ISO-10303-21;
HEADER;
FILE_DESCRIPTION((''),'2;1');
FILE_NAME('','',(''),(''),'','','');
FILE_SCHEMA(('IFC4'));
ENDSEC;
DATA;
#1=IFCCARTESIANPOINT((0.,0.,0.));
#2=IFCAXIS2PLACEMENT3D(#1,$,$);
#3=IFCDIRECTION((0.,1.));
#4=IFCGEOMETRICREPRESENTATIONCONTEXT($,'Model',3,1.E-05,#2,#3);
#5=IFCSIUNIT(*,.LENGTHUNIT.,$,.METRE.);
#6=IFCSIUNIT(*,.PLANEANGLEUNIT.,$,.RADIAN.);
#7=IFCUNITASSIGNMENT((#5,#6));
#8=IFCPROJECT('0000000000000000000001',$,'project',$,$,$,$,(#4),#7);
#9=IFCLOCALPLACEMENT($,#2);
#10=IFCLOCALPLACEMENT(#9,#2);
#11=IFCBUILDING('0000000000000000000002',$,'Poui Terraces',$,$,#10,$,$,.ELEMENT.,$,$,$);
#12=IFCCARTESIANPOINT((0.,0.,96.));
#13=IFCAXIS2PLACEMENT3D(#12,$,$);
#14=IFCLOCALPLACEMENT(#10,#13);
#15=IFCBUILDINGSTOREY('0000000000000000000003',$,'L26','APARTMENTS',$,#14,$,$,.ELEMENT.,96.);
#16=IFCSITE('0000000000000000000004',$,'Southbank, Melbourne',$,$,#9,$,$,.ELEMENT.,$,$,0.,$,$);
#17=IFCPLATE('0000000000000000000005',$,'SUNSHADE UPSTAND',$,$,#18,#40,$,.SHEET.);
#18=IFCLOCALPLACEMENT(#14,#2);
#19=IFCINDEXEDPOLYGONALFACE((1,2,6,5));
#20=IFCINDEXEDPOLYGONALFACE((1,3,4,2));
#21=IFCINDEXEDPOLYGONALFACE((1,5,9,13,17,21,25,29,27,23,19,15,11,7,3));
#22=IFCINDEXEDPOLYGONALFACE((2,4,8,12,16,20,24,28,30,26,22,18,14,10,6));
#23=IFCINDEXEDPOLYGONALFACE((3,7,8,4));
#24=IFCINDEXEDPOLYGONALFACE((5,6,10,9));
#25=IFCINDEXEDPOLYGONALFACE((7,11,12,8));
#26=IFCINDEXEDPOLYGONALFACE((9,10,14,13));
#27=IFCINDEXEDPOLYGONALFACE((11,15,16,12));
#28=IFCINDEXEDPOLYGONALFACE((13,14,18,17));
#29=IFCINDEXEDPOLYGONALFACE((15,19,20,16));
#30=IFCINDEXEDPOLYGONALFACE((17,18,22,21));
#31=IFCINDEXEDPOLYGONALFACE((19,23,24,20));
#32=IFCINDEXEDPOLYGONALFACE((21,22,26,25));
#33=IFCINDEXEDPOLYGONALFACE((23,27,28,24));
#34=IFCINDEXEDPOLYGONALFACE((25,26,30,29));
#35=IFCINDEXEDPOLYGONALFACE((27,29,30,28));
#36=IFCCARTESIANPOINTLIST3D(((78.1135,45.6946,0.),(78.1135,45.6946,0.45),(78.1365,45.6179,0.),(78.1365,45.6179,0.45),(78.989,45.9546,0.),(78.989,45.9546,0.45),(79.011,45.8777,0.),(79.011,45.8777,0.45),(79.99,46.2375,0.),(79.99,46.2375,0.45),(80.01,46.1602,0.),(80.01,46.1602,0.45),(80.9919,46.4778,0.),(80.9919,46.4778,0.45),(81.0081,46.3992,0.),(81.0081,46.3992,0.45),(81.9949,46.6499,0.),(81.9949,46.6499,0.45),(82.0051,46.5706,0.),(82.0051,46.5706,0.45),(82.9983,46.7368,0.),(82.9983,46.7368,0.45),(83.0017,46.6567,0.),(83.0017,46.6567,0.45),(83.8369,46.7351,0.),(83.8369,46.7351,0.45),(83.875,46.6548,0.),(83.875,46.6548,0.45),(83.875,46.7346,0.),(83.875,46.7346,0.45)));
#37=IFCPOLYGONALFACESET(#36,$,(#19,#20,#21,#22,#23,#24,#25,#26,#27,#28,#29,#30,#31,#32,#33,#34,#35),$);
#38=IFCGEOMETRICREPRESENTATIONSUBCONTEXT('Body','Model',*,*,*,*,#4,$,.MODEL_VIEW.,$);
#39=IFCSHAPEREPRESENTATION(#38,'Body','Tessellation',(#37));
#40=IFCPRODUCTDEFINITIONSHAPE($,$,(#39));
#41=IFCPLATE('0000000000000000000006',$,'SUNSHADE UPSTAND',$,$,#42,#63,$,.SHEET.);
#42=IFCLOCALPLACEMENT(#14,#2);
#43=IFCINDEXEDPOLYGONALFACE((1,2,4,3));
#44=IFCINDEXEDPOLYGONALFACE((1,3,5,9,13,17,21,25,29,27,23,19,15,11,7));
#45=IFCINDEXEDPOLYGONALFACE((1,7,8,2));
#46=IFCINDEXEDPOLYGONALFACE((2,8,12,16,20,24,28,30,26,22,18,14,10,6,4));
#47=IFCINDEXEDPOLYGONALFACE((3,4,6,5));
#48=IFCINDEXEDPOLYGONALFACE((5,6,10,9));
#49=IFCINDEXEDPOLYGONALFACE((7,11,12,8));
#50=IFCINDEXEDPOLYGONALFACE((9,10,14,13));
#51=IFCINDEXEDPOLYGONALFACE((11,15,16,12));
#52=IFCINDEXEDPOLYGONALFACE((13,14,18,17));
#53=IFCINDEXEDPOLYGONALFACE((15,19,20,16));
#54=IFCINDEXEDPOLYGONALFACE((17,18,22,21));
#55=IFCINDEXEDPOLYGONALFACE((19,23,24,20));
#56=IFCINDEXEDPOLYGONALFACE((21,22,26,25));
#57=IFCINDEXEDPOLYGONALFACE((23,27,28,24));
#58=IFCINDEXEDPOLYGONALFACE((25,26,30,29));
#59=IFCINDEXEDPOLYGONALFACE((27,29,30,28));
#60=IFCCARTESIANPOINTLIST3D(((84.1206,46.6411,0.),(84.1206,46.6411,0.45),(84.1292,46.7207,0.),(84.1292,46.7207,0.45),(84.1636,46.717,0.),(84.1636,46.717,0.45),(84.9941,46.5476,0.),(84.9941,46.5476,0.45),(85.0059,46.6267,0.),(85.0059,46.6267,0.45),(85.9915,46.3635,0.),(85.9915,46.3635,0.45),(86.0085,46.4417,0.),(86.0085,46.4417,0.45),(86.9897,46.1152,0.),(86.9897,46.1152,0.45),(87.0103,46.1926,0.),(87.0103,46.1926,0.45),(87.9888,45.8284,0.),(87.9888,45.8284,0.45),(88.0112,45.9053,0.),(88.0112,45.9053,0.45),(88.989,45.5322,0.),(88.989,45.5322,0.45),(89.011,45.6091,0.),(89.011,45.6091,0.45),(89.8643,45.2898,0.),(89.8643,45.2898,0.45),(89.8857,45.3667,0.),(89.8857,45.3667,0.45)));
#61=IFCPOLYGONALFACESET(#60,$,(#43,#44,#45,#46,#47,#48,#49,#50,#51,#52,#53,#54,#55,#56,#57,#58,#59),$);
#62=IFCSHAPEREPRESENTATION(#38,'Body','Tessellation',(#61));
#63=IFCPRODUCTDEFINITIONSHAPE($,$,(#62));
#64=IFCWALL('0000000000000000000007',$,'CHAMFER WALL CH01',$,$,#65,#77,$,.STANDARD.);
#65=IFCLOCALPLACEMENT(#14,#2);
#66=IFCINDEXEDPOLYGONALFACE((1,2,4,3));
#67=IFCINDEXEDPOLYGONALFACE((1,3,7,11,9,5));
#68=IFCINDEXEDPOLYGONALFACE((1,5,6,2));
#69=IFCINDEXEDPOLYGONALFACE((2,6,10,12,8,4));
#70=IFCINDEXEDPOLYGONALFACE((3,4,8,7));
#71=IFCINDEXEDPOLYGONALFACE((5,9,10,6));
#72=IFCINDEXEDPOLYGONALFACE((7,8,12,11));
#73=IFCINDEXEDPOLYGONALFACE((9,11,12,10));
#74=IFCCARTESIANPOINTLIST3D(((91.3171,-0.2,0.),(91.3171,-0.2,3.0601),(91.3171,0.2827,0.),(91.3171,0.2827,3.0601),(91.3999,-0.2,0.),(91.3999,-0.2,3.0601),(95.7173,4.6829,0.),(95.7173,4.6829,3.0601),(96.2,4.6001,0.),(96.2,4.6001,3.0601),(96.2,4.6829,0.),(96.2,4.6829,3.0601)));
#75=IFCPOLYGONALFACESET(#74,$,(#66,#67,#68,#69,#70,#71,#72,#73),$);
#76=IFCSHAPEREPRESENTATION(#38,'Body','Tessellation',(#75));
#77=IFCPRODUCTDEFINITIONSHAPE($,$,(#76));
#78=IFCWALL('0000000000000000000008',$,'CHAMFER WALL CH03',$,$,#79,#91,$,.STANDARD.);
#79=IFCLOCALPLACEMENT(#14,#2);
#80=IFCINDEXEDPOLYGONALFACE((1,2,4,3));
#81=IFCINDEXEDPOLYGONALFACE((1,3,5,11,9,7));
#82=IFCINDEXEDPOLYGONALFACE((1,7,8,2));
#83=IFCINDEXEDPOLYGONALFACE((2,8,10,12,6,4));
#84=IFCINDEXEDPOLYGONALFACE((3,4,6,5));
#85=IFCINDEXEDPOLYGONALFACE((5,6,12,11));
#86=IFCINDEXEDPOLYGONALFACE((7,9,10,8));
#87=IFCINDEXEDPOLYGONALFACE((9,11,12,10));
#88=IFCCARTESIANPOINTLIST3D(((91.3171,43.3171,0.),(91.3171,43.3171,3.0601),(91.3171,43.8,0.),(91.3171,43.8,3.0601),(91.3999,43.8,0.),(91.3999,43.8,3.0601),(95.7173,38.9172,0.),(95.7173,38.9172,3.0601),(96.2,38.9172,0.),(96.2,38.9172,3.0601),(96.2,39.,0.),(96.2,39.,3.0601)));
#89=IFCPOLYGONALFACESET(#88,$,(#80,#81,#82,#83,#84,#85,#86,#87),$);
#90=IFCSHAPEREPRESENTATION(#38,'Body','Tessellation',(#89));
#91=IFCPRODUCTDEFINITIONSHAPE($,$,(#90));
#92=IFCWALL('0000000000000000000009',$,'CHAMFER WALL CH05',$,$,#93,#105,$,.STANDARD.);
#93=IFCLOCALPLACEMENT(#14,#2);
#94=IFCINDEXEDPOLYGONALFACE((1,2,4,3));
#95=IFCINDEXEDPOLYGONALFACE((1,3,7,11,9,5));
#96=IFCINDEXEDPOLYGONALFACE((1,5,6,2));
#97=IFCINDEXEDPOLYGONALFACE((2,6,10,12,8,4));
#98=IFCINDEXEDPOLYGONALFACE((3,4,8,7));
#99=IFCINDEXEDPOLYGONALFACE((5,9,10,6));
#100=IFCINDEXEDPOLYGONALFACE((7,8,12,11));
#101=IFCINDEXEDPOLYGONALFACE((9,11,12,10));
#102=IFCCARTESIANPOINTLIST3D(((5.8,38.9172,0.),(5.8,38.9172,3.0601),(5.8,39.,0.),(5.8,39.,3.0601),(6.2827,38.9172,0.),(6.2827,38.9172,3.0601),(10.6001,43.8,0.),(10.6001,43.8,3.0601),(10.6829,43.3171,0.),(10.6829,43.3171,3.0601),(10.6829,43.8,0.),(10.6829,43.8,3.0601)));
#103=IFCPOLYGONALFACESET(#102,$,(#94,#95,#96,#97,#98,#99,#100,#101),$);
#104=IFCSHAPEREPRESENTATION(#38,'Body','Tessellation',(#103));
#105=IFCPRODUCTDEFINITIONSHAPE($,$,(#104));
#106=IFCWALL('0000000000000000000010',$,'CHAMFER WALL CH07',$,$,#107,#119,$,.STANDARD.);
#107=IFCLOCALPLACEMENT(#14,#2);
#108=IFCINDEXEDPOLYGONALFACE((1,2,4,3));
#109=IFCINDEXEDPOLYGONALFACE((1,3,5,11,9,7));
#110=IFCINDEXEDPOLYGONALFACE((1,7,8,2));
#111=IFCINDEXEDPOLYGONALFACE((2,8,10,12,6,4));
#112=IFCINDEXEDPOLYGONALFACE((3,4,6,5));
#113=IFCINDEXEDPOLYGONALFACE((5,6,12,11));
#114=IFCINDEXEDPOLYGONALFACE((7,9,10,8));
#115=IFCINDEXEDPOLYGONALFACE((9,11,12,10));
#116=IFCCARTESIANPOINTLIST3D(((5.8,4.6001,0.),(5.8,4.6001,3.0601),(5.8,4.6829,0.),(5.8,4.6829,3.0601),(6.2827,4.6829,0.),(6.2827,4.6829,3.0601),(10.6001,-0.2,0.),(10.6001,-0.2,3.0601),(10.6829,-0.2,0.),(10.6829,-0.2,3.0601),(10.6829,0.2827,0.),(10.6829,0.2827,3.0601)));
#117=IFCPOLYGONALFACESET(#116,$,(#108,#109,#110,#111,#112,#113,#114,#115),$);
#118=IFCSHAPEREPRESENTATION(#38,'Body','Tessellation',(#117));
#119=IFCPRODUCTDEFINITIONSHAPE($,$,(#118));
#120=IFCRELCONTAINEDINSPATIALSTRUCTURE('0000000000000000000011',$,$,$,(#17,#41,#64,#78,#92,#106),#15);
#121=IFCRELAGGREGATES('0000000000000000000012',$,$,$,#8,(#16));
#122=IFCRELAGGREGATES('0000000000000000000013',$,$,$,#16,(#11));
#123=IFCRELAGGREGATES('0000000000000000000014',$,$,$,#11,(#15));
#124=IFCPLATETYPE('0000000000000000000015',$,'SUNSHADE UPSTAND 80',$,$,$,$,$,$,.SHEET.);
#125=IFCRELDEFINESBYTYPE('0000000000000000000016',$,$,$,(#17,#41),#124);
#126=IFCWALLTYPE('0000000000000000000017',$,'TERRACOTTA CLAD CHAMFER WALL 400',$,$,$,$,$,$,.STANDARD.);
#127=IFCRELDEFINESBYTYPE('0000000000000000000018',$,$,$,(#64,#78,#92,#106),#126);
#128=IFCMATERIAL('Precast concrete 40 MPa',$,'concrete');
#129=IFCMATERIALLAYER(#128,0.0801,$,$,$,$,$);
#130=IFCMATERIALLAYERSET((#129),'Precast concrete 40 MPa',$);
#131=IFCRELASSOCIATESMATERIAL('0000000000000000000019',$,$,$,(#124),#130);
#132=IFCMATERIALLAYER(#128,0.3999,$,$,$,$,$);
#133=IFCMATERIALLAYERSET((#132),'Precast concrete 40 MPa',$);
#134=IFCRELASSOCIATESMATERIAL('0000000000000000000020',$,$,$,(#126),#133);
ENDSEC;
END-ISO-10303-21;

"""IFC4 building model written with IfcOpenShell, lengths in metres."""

from ifc_helpers import new_model, si_unit, direction, frame, origin, place, context, subcontext, project, spatial, polyline, outline, extrude, material, layer, layer_set, type_object, element, save


model = new_model("IFC4")

# Units and contexts
model_context = context("Model", 3, precision=1e-05, world=origin(), true_north=direction((0.0, 1.0)))
body_context = subcontext(model_context, "Body", "Model", "MODEL_VIEW")
ifc_project = project(units=[si_unit("LENGTHUNIT", "METRE"), si_unit("PLANEANGLEUNIT", "RADIAN")], contexts=[model_context])

# Site, building, storey
site_placement = place(None, origin())
site = spatial("IfcSite", under=ifc_project, at=site_placement, Name="Southbank, Melbourne", CompositionType="ELEMENT", RefElevation=0.0)
building_placement = place(site_placement, origin())
building = spatial("IfcBuilding", under=site, at=building_placement, Name="Poui Terraces", CompositionType="ELEMENT")
storey_placement = place(building_placement, frame((0.0, 0.0, 96.0)))
storey = spatial("IfcBuildingStorey", under=building, at=storey_placement, Name="L26", Description="APARTMENTS", CompositionType="ELEMENT", Elevation=96.0)

# Shared definitions
ifc_material_1 = material(Name="Precast concrete 40 MPa", Category="concrete")

# Plates
ifc_layer_1 = layer(ifc_material_1, 0.0801)
ifc_layer_set_1 = layer_set([ifc_layer_1], Name="Precast concrete 40 MPa")
plate_type = type_object("IfcPlateType", Name="SUNSHADE UPSTAND 80", PredefinedType="SHEET", material=ifc_layer_set_1)
plate_1_placement = place(storey_placement, origin())
element("IfcPlate", 1, at=plate_1_placement, inside=storey, type_object=plate_type, Name="SUNSHADE UPSTAND", PredefinedType="SHEET", context=body_context, shape_type="SweptSolid", body=[
    extrude(outline(polyline([(78.989, 45.9546), (78.1135, 45.6946), (78.1365, 45.6179), (79.011, 45.8777), (80.01, 46.1602), (81.0081, 46.3992), (82.0051, 46.5706), (83.0017, 46.6567), (83.875, 46.6548), (83.875, 46.7346), (83.8369, 46.7351), (82.9983, 46.7368), (81.9949, 46.6499), (80.9919, 46.4778), (79.99, 46.2375), (78.989, 45.9546)])), origin(), (0.0, 0.0, 1.0), 0.45),
])
plate_2_placement = place(storey_placement, origin())
element("IfcPlate", 2, at=plate_2_placement, inside=storey, type_object=plate_type, Name="SUNSHADE UPSTAND", PredefinedType="SHEET", context=body_context, shape_type="SweptSolid", body=[
    extrude(outline(polyline([(85.0059, 46.6267), (84.1636, 46.717), (84.1292, 46.7207), (84.1206, 46.6411), (84.9941, 46.5476), (85.9915, 46.3635), (86.9897, 46.1152), (87.9888, 45.8284), (88.989, 45.5322), (89.8643, 45.2898), (89.8857, 45.3667), (89.011, 45.6091), (88.0112, 45.9053), (87.0103, 46.1926), (86.0085, 46.4417), (85.0059, 46.6267)])), origin(), (0.0, 0.0, 1.0), 0.45),
])

# Walls
ifc_layer_2 = layer(ifc_material_1, 0.3999)
ifc_layer_set_2 = layer_set([ifc_layer_2], Name="Precast concrete 40 MPa")
wall_type = type_object("IfcWallType", Name="TERRACOTTA CLAD CHAMFER WALL 400", PredefinedType="STANDARD", material=ifc_layer_set_2)
wall_1_placement = place(storey_placement, origin())
element("IfcWall", 3, at=wall_1_placement, inside=storey, type_object=wall_type, Name="CHAMFER WALL CH01", PredefinedType="STANDARD", context=body_context, shape_type="SweptSolid", body=[
    extrude(outline(polyline([(91.3171, -0.2), (91.3999, -0.2), (96.2, 4.6001), (96.2, 4.6829), (95.7173, 4.6829), (91.3171, 0.2827), (91.3171, -0.2)])), origin(), (0.0, 0.0, 1.0), 3.0601),
])
wall_2_placement = place(storey_placement, origin())
element("IfcWall", 4, at=wall_2_placement, inside=storey, type_object=wall_type, Name="CHAMFER WALL CH03", PredefinedType="STANDARD", context=body_context, shape_type="SweptSolid", body=[
    extrude(outline(polyline([(96.2, 38.9172), (96.2, 39.0), (91.3999, 43.8), (91.3171, 43.8), (91.3171, 43.3171), (95.7173, 38.9172), (96.2, 38.9172)])), origin(), (0.0, 0.0, 1.0), 3.0601),
])
wall_3_placement = place(storey_placement, origin())
element("IfcWall", 5, at=wall_3_placement, inside=storey, type_object=wall_type, Name="CHAMFER WALL CH05", PredefinedType="STANDARD", context=body_context, shape_type="SweptSolid", body=[
    extrude(outline(polyline([(10.6829, 43.8), (10.6001, 43.8), (5.8, 39.0), (5.8, 38.9172), (6.2827, 38.9172), (10.6829, 43.3171), (10.6829, 43.8)])), origin(), (0.0, 0.0, 1.0), 3.0601),
])
wall_4_placement = place(storey_placement, origin())
element("IfcWall", 6, at=wall_4_placement, inside=storey, type_object=wall_type, Name="CHAMFER WALL CH07", PredefinedType="STANDARD", context=body_context, shape_type="SweptSolid", body=[
    extrude(outline(polyline([(5.8, 4.6829), (5.8, 4.6001), (10.6001, -0.2), (10.6829, -0.2), (10.6829, 0.2827), (6.2827, 4.6829), (5.8, 4.6829)])), origin(), (0.0, 0.0, 1.0), 3.0601),
])

save(model, "model.ifc")
